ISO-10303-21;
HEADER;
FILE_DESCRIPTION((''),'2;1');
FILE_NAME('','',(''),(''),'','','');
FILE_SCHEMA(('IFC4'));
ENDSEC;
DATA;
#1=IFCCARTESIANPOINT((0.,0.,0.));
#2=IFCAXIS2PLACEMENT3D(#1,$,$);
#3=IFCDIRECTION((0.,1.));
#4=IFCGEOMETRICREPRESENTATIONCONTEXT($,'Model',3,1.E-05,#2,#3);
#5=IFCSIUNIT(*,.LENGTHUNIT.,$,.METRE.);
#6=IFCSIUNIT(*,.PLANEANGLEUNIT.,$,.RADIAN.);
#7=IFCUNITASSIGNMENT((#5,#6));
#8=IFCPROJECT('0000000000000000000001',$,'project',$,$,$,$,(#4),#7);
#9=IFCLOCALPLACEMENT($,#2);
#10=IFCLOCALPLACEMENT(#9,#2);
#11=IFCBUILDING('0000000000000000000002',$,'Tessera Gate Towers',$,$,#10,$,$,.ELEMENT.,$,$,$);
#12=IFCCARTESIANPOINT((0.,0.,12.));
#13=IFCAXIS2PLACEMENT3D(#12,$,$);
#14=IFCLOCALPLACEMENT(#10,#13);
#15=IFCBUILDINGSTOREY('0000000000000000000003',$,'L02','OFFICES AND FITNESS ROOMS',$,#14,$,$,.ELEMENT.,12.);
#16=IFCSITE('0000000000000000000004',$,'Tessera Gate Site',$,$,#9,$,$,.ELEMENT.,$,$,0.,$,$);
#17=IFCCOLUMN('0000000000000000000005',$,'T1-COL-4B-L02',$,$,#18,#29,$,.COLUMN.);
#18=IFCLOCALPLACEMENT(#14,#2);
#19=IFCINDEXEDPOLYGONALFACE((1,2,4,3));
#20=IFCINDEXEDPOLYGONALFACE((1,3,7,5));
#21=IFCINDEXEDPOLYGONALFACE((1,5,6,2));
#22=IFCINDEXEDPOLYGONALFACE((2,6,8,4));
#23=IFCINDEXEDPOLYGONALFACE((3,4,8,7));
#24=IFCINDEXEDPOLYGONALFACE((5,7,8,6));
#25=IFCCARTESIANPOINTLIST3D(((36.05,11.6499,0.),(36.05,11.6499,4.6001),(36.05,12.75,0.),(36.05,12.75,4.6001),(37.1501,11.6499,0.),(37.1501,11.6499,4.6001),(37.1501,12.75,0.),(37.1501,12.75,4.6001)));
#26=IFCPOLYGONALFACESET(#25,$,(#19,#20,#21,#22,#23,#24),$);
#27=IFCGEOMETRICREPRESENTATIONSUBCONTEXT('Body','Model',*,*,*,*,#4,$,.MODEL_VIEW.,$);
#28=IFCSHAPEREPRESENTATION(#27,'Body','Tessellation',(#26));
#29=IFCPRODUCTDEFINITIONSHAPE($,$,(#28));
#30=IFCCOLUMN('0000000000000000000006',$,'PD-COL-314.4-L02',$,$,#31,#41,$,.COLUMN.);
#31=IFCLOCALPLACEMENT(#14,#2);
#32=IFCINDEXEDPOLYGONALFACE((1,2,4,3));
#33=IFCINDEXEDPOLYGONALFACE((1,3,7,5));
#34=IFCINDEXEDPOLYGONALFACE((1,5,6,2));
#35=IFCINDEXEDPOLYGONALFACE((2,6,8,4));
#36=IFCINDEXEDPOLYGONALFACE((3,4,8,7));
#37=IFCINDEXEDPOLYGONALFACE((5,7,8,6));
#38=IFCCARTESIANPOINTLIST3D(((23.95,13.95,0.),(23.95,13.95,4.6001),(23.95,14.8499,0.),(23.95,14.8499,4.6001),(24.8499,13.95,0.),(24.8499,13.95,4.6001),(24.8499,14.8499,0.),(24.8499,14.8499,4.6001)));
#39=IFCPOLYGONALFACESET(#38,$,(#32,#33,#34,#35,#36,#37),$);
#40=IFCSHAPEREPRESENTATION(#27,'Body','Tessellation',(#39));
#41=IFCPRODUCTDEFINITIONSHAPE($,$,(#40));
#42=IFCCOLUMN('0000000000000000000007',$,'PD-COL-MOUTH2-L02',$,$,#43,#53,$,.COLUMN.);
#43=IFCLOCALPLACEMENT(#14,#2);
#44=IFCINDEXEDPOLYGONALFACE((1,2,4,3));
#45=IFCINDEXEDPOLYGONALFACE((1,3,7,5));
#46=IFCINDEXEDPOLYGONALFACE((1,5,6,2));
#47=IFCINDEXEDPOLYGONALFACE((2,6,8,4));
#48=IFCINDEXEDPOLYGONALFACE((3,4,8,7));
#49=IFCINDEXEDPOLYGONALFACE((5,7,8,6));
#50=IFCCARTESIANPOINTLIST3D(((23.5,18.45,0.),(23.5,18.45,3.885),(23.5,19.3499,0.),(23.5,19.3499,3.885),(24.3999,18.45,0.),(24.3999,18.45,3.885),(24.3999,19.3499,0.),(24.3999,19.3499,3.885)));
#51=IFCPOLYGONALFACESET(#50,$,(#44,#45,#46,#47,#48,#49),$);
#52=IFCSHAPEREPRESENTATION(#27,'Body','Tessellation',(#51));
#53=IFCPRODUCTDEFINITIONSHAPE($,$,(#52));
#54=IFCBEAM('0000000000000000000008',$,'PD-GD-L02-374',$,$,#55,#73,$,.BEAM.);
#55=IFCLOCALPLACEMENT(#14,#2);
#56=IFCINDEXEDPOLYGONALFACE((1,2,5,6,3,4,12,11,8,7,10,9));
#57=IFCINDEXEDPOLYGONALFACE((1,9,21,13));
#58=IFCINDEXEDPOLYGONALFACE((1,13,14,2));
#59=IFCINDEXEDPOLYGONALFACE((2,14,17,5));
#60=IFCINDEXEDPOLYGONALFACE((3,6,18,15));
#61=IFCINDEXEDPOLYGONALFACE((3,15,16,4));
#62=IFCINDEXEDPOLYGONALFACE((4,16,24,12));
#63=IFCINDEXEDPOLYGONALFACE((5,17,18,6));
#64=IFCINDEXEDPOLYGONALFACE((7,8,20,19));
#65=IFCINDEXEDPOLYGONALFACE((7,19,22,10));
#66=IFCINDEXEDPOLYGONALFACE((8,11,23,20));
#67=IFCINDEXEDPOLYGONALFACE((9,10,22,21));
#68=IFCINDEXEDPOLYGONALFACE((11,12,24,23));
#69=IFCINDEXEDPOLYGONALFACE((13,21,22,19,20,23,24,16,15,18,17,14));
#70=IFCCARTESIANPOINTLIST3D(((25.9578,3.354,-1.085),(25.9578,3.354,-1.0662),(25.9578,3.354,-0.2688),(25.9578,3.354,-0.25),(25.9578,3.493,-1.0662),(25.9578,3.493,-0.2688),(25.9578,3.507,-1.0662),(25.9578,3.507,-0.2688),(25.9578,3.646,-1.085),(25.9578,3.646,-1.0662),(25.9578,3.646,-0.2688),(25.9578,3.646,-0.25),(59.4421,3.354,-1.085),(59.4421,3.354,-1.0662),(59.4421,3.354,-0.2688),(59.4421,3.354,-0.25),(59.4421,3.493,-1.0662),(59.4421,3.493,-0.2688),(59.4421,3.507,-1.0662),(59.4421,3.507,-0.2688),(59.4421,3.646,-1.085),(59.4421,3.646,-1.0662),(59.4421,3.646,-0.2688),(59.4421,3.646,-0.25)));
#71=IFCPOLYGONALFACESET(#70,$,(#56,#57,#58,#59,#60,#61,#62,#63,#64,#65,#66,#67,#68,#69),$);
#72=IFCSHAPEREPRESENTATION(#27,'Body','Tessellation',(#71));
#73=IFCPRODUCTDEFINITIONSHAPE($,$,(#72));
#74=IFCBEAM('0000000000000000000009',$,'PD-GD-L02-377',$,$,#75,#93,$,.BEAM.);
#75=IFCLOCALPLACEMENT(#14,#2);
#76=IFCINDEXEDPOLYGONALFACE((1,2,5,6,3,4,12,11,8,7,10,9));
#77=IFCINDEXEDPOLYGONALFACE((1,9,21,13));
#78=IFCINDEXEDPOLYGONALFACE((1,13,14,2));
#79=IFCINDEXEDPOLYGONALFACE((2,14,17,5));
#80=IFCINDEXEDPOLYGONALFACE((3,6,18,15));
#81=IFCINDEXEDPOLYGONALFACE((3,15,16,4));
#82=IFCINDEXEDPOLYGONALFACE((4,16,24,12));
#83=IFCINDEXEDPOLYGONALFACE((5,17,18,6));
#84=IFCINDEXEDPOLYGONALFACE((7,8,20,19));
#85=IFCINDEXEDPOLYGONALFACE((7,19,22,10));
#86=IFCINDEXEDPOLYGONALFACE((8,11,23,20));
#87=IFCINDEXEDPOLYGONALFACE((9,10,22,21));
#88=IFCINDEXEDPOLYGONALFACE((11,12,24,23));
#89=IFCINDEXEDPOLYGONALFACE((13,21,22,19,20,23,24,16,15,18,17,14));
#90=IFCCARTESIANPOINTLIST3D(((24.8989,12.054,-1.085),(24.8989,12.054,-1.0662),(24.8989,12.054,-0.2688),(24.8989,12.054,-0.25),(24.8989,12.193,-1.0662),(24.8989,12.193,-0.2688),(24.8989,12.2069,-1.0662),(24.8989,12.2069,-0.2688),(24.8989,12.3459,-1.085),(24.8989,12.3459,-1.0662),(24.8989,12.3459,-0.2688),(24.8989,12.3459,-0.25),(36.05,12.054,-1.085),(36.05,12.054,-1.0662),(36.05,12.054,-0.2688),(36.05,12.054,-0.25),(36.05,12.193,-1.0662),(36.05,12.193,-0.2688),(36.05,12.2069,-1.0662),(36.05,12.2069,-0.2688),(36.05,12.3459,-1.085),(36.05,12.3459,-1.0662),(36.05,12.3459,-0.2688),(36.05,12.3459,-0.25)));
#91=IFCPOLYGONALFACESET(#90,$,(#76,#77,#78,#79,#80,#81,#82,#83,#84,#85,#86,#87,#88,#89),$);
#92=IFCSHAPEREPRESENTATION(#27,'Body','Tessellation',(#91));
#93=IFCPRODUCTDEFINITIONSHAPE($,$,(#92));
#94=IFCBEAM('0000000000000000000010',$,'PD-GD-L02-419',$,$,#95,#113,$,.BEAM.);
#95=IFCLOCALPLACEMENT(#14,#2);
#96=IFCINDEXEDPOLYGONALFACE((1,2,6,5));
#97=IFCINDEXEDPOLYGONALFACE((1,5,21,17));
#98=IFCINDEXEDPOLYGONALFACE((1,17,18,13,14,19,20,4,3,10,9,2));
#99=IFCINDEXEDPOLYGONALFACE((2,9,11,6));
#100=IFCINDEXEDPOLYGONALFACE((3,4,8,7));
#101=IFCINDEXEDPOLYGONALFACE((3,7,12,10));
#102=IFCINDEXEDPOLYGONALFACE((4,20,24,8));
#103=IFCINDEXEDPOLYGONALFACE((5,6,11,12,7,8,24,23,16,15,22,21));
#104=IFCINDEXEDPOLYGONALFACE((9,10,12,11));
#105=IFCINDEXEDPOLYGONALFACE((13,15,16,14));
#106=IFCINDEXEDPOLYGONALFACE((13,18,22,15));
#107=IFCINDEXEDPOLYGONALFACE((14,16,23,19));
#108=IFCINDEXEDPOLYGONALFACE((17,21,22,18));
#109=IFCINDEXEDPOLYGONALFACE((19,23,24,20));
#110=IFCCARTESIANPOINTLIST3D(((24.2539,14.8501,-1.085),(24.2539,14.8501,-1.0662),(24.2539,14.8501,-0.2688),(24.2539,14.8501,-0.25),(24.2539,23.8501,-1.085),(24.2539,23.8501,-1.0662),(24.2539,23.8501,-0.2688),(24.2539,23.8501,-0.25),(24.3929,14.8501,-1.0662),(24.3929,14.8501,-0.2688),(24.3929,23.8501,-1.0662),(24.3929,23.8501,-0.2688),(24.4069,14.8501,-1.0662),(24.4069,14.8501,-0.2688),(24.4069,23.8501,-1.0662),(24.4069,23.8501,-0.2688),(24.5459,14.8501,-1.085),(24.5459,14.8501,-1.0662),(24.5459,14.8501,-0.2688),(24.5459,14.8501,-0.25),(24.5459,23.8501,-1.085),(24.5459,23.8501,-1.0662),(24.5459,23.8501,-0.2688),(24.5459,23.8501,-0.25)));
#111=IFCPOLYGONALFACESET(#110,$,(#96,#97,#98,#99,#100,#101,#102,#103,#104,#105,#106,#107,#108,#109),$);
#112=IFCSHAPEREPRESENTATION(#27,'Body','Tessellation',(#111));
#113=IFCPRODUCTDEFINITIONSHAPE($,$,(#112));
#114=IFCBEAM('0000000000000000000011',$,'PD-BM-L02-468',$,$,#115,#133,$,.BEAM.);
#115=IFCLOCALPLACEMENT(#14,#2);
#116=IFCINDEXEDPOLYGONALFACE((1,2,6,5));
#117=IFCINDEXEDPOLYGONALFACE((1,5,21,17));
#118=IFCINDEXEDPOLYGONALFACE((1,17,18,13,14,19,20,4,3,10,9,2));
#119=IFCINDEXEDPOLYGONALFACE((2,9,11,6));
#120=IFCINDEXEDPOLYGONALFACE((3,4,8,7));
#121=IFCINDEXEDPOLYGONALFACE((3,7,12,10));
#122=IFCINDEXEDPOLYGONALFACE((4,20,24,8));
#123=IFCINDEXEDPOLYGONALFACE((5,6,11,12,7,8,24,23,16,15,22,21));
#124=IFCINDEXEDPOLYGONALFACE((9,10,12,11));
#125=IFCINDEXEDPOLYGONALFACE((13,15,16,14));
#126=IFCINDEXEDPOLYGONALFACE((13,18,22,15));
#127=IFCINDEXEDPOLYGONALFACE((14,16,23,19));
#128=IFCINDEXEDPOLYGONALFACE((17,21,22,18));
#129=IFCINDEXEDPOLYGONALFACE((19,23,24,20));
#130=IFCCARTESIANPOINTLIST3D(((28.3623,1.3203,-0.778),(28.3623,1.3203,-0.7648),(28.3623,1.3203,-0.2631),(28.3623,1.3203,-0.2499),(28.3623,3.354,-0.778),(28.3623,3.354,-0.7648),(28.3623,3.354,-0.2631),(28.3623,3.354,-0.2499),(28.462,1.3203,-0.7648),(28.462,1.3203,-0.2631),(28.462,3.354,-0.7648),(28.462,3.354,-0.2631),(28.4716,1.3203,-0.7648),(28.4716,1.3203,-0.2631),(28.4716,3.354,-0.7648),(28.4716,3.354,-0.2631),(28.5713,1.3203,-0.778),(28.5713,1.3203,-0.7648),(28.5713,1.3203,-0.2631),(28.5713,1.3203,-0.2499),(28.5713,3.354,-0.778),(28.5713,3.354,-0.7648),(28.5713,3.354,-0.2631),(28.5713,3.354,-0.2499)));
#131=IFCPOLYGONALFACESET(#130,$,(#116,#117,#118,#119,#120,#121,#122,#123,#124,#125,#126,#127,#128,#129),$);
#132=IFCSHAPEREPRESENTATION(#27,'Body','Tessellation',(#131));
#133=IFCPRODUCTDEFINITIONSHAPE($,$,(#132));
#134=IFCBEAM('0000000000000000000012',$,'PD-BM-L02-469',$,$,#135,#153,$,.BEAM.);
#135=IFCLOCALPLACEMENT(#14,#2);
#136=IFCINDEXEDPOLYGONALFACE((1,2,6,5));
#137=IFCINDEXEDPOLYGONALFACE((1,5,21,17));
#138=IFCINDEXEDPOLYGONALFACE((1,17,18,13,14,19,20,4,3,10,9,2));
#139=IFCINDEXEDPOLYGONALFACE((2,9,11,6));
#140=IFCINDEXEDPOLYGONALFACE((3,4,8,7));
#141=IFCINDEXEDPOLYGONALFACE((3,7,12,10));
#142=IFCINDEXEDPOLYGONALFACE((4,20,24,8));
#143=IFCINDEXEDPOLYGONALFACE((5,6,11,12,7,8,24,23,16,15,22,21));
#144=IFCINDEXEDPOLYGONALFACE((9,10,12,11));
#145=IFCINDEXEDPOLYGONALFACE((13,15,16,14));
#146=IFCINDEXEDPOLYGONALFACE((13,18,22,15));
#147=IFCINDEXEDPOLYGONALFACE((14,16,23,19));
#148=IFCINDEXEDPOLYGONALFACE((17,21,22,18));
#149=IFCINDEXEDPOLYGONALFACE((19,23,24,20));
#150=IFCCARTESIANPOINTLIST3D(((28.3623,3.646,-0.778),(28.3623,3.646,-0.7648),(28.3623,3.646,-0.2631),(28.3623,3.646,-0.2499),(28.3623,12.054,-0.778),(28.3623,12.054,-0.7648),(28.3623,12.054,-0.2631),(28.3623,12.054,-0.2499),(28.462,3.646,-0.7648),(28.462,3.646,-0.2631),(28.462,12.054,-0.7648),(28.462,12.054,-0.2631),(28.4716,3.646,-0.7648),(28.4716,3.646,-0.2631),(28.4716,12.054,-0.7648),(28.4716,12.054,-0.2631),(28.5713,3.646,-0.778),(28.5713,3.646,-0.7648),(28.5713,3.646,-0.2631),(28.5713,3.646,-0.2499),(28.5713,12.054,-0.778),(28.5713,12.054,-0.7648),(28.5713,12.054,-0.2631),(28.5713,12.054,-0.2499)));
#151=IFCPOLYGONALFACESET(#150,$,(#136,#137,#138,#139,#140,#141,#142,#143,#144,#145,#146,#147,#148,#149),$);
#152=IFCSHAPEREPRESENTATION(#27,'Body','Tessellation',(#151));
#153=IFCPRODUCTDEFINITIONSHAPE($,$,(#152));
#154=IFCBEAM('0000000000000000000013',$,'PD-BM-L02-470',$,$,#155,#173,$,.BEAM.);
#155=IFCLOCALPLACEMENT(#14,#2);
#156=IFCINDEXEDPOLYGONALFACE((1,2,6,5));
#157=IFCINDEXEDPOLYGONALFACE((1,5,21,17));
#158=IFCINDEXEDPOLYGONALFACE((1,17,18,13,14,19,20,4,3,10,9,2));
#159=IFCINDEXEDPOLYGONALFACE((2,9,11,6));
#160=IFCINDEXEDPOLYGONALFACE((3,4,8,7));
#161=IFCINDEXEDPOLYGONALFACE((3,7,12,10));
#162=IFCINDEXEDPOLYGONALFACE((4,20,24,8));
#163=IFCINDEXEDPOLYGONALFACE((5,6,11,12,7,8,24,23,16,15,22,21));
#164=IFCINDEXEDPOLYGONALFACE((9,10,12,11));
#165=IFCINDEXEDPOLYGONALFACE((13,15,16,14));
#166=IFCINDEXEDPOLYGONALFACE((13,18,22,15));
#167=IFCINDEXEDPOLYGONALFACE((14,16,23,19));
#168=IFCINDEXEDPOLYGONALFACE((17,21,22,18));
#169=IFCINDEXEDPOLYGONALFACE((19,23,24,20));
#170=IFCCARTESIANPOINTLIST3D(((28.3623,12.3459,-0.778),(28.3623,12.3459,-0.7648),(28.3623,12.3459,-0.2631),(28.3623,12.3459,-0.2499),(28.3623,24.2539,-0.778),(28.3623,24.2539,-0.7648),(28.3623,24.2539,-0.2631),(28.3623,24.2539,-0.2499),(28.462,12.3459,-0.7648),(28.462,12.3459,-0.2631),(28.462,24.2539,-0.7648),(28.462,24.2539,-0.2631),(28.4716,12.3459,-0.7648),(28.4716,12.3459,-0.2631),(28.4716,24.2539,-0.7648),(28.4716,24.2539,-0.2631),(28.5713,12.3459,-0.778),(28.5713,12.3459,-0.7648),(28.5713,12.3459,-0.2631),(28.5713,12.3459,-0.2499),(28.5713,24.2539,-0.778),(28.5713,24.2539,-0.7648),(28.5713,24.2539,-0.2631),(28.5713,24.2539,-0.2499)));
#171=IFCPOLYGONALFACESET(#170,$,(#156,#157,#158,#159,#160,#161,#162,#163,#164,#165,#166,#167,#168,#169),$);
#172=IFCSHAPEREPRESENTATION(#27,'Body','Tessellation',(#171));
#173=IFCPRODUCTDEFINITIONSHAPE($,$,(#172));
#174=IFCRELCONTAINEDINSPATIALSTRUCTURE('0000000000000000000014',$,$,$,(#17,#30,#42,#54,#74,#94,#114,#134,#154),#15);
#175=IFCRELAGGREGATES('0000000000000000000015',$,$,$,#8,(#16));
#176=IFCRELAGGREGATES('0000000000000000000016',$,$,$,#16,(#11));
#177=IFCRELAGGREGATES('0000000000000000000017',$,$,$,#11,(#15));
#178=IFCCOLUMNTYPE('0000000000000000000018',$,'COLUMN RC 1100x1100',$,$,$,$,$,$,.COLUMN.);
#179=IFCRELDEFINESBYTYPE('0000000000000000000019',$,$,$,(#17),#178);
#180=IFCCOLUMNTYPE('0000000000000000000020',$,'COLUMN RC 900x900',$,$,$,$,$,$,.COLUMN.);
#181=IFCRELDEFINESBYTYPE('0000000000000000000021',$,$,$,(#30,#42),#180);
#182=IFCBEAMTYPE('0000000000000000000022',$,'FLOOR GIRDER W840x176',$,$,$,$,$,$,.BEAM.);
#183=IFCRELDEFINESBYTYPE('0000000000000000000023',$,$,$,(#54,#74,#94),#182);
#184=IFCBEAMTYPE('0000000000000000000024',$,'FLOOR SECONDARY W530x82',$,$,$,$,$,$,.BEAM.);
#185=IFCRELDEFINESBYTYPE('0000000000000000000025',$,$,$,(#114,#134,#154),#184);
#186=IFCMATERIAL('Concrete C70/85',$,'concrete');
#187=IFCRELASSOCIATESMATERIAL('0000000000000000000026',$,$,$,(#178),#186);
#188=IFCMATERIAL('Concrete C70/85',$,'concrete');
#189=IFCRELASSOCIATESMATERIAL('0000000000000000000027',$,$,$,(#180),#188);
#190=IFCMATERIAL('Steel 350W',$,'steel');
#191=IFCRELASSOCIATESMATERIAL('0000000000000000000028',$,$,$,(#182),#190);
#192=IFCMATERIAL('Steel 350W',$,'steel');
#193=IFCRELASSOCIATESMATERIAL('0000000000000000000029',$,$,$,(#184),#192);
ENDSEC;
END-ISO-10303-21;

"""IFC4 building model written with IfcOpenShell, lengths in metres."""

from ifc_helpers import new_model, si_unit, direction, frame, origin, origin_2d, place, context, subcontext, project, spatial, rectangle, i_section, extrude, material, material_profile, profile_set, type_object, element, save


model = new_model("IFC4")

# Units and contexts
model_context = context("Model", 3, precision=1e-05, world=origin(), true_north=direction((0.0, 1.0)))
body_context = subcontext(model_context, "Body", "Model", "MODEL_VIEW")
ifc_project = project(units=[si_unit("LENGTHUNIT", "METRE"), si_unit("PLANEANGLEUNIT", "RADIAN")], contexts=[model_context])

# Site, building, storey
site_placement = place(None, origin())
site = spatial("IfcSite", under=ifc_project, at=site_placement, Name="Tessera Gate Site", CompositionType="ELEMENT", RefElevation=0.0)
building_placement = place(site_placement, origin())
building = spatial("IfcBuilding", under=site, at=building_placement, Name="Tessera Gate Towers", CompositionType="ELEMENT")
storey_placement = place(building_placement, frame((0.0, 0.0, 12.0)))
storey = spatial("IfcBuildingStorey", under=building, at=storey_placement, Name="L02", Description="OFFICES AND FITNESS ROOMS", CompositionType="ELEMENT", Elevation=12.0)

# Columns
ifc_material_1 = material(Name="Concrete C70/85", Category="concrete")
ifc_material_profile_1 = material_profile(ifc_material_1, rectangle(XDim=1.1001, YDim=1.1001, at=origin_2d()), Name="RC 1100x1100")
ifc_profile_set_1 = profile_set([ifc_material_profile_1], Name="Concrete C70/85")
column_type_1 = type_object("IfcColumnType", Name="COLUMN RC 1100x1100", PredefinedType="COLUMN", material=ifc_profile_set_1)
column_1_placement = place(storey_placement, frame((36.6001, 12.2, 0.0), z_axis=(0.0, 0.0, 1.0), x_axis=(1.0, 0.0, 0.0)))
element("IfcColumn", 1, at=column_1_placement, inside=storey, type_object=column_type_1, Name="T1-COL-4B-L02", PredefinedType="COLUMN", context=body_context, shape_type="SweptSolid", body=[
    extrude(rectangle(XDim=1.1001, YDim=1.1001, at=origin_2d()), origin(), (0.0, 0.0, 1.0), 4.6001),
])
ifc_material_2 = material(Name="Concrete C70/85", Category="concrete")
ifc_material_profile_2 = material_profile(ifc_material_2, rectangle(XDim=0.8999, YDim=0.8999, at=origin_2d()), Name="RC 900x900")
ifc_profile_set_2 = profile_set([ifc_material_profile_2], Name="Concrete C70/85")
column_type_2 = type_object("IfcColumnType", Name="COLUMN RC 900x900", PredefinedType="COLUMN", material=ifc_profile_set_2)
column_2_placement = place(storey_placement, frame((24.3999, 14.3999, 0.0), z_axis=(0.0, 0.0, 1.0), x_axis=(1.0, 0.0, 0.0)))
element("IfcColumn", 2, at=column_2_placement, inside=storey, type_object=column_type_2, Name="PD-COL-314.4-L02", PredefinedType="COLUMN", context=body_context, shape_type="SweptSolid", body=[
    extrude(rectangle(XDim=0.8999, YDim=0.8999, at=origin_2d()), origin(), (0.0, 0.0, 1.0), 4.6001),
])
column_3_placement = place(storey_placement, frame((23.95, 18.8999, 0.0), z_axis=(0.0, 0.0, 1.0), x_axis=(1.0, 0.0, 0.0)))
element("IfcColumn", 3, at=column_3_placement, inside=storey, type_object=column_type_2, Name="PD-COL-MOUTH2-L02", PredefinedType="COLUMN", context=body_context, shape_type="SweptSolid", body=[
    extrude(rectangle(XDim=0.8999, YDim=0.8999, at=origin_2d()), origin(), (0.0, 0.0, 1.0), 3.885),
])

# Beams
ifc_material_3 = material(Name="Steel 350W", Category="steel")
ifc_material_profile_3 = material_profile(ifc_material_3, i_section(OverallWidth=0.292, OverallDepth=0.835, WebThickness=0.0139, FlangeThickness=0.0188, at=origin_2d()), Name="W840x176")
ifc_profile_set_3 = profile_set([ifc_material_profile_3], Name="Steel 350W")
beam_type_1 = type_object("IfcBeamType", Name="FLOOR GIRDER W840x176", PredefinedType="BEAM", material=ifc_profile_set_3)
beam_1_placement = place(storey_placement, frame((25.9578, 3.5, -0.6675), z_axis=(1.0, 0.0, 0.0), x_axis=(0.0, 1.0, 0.0)))
element("IfcBeam", 4, at=beam_1_placement, inside=storey, type_object=beam_type_1, Name="PD-GD-L02-374", PredefinedType="BEAM", context=body_context, shape_type="SweptSolid", body=[
    extrude(i_section(OverallWidth=0.292, OverallDepth=0.835, WebThickness=0.0139, FlangeThickness=0.0188, at=origin_2d()), origin(), (0.0, 0.0, 1.0), 33.4844),
])
beam_2_placement = place(storey_placement, frame((24.8989, 12.2, -0.6675), z_axis=(1.0, 0.0, 0.0), x_axis=(0.0, 1.0, 0.0)))
element("IfcBeam", 5, at=beam_2_placement, inside=storey, type_object=beam_type_1, Name="PD-GD-L02-377", PredefinedType="BEAM", context=body_context, shape_type="SweptSolid", body=[
    extrude(i_section(OverallWidth=0.292, OverallDepth=0.835, WebThickness=0.0139, FlangeThickness=0.0188, at=origin_2d()), origin(), (0.0, 0.0, 1.0), 11.1511),
])
beam_3_placement = place(storey_placement, frame((24.3999, 14.8501, -0.6675), z_axis=(0.0, 1.0, 0.0), x_axis=(-1.0, 0.0, 0.0)))
element("IfcBeam", 6, at=beam_3_placement, inside=storey, type_object=beam_type_1, Name="PD-GD-L02-419", PredefinedType="BEAM", context=body_context, shape_type="SweptSolid", body=[
    extrude(i_section(OverallWidth=0.292, OverallDepth=0.835, WebThickness=0.0139, FlangeThickness=0.0188, at=origin_2d()), origin(), (0.0, 0.0, 1.0), 9.0),
])
ifc_material_4 = material(Name="Steel 350W", Category="steel")
ifc_material_profile_4 = material_profile(ifc_material_4, i_section(OverallWidth=0.209, OverallDepth=0.5281, WebThickness=0.0095, FlangeThickness=0.0132, at=origin_2d()), Name="W530x82")
ifc_profile_set_4 = profile_set([ifc_material_profile_4], Name="Steel 350W")
beam_type_2 = type_object("IfcBeamType", Name="FLOOR SECONDARY W530x82", PredefinedType="BEAM", material=ifc_profile_set_4)
beam_4_placement = place(storey_placement, frame((28.4668, 1.3203, -0.5139), z_axis=(0.0, 1.0, 0.0), x_axis=(-1.0, 0.0, 0.0)))
element("IfcBeam", 7, at=beam_4_placement, inside=storey, type_object=beam_type_2, Name="PD-BM-L02-468", PredefinedType="BEAM", context=body_context, shape_type="SweptSolid", body=[
    extrude(i_section(OverallWidth=0.209, OverallDepth=0.5281, WebThickness=0.0095, FlangeThickness=0.0132, at=origin_2d()), origin(), (0.0, 0.0, 1.0), 2.0337),
])
beam_5_placement = place(storey_placement, frame((28.4668, 3.646, -0.5139), z_axis=(0.0, 1.0, 0.0), x_axis=(-1.0, 0.0, 0.0)))
element("IfcBeam", 8, at=beam_5_placement, inside=storey, type_object=beam_type_2, Name="PD-BM-L02-469", PredefinedType="BEAM", context=body_context, shape_type="SweptSolid", body=[
    extrude(i_section(OverallWidth=0.209, OverallDepth=0.5281, WebThickness=0.0095, FlangeThickness=0.0132, at=origin_2d()), origin(), (0.0, 0.0, 1.0), 8.408),
])
beam_6_placement = place(storey_placement, frame((28.4668, 12.3459, -0.5139), z_axis=(0.0, 1.0, 0.0), x_axis=(-1.0, 0.0, 0.0)))
element("IfcBeam", 9, at=beam_6_placement, inside=storey, type_object=beam_type_2, Name="PD-BM-L02-470", PredefinedType="BEAM", context=body_context, shape_type="SweptSolid", body=[
    extrude(i_section(OverallWidth=0.209, OverallDepth=0.5281, WebThickness=0.0095, FlangeThickness=0.0132, at=origin_2d()), origin(), (0.0, 0.0, 1.0), 11.908),
])

save(model, "model.ifc")
